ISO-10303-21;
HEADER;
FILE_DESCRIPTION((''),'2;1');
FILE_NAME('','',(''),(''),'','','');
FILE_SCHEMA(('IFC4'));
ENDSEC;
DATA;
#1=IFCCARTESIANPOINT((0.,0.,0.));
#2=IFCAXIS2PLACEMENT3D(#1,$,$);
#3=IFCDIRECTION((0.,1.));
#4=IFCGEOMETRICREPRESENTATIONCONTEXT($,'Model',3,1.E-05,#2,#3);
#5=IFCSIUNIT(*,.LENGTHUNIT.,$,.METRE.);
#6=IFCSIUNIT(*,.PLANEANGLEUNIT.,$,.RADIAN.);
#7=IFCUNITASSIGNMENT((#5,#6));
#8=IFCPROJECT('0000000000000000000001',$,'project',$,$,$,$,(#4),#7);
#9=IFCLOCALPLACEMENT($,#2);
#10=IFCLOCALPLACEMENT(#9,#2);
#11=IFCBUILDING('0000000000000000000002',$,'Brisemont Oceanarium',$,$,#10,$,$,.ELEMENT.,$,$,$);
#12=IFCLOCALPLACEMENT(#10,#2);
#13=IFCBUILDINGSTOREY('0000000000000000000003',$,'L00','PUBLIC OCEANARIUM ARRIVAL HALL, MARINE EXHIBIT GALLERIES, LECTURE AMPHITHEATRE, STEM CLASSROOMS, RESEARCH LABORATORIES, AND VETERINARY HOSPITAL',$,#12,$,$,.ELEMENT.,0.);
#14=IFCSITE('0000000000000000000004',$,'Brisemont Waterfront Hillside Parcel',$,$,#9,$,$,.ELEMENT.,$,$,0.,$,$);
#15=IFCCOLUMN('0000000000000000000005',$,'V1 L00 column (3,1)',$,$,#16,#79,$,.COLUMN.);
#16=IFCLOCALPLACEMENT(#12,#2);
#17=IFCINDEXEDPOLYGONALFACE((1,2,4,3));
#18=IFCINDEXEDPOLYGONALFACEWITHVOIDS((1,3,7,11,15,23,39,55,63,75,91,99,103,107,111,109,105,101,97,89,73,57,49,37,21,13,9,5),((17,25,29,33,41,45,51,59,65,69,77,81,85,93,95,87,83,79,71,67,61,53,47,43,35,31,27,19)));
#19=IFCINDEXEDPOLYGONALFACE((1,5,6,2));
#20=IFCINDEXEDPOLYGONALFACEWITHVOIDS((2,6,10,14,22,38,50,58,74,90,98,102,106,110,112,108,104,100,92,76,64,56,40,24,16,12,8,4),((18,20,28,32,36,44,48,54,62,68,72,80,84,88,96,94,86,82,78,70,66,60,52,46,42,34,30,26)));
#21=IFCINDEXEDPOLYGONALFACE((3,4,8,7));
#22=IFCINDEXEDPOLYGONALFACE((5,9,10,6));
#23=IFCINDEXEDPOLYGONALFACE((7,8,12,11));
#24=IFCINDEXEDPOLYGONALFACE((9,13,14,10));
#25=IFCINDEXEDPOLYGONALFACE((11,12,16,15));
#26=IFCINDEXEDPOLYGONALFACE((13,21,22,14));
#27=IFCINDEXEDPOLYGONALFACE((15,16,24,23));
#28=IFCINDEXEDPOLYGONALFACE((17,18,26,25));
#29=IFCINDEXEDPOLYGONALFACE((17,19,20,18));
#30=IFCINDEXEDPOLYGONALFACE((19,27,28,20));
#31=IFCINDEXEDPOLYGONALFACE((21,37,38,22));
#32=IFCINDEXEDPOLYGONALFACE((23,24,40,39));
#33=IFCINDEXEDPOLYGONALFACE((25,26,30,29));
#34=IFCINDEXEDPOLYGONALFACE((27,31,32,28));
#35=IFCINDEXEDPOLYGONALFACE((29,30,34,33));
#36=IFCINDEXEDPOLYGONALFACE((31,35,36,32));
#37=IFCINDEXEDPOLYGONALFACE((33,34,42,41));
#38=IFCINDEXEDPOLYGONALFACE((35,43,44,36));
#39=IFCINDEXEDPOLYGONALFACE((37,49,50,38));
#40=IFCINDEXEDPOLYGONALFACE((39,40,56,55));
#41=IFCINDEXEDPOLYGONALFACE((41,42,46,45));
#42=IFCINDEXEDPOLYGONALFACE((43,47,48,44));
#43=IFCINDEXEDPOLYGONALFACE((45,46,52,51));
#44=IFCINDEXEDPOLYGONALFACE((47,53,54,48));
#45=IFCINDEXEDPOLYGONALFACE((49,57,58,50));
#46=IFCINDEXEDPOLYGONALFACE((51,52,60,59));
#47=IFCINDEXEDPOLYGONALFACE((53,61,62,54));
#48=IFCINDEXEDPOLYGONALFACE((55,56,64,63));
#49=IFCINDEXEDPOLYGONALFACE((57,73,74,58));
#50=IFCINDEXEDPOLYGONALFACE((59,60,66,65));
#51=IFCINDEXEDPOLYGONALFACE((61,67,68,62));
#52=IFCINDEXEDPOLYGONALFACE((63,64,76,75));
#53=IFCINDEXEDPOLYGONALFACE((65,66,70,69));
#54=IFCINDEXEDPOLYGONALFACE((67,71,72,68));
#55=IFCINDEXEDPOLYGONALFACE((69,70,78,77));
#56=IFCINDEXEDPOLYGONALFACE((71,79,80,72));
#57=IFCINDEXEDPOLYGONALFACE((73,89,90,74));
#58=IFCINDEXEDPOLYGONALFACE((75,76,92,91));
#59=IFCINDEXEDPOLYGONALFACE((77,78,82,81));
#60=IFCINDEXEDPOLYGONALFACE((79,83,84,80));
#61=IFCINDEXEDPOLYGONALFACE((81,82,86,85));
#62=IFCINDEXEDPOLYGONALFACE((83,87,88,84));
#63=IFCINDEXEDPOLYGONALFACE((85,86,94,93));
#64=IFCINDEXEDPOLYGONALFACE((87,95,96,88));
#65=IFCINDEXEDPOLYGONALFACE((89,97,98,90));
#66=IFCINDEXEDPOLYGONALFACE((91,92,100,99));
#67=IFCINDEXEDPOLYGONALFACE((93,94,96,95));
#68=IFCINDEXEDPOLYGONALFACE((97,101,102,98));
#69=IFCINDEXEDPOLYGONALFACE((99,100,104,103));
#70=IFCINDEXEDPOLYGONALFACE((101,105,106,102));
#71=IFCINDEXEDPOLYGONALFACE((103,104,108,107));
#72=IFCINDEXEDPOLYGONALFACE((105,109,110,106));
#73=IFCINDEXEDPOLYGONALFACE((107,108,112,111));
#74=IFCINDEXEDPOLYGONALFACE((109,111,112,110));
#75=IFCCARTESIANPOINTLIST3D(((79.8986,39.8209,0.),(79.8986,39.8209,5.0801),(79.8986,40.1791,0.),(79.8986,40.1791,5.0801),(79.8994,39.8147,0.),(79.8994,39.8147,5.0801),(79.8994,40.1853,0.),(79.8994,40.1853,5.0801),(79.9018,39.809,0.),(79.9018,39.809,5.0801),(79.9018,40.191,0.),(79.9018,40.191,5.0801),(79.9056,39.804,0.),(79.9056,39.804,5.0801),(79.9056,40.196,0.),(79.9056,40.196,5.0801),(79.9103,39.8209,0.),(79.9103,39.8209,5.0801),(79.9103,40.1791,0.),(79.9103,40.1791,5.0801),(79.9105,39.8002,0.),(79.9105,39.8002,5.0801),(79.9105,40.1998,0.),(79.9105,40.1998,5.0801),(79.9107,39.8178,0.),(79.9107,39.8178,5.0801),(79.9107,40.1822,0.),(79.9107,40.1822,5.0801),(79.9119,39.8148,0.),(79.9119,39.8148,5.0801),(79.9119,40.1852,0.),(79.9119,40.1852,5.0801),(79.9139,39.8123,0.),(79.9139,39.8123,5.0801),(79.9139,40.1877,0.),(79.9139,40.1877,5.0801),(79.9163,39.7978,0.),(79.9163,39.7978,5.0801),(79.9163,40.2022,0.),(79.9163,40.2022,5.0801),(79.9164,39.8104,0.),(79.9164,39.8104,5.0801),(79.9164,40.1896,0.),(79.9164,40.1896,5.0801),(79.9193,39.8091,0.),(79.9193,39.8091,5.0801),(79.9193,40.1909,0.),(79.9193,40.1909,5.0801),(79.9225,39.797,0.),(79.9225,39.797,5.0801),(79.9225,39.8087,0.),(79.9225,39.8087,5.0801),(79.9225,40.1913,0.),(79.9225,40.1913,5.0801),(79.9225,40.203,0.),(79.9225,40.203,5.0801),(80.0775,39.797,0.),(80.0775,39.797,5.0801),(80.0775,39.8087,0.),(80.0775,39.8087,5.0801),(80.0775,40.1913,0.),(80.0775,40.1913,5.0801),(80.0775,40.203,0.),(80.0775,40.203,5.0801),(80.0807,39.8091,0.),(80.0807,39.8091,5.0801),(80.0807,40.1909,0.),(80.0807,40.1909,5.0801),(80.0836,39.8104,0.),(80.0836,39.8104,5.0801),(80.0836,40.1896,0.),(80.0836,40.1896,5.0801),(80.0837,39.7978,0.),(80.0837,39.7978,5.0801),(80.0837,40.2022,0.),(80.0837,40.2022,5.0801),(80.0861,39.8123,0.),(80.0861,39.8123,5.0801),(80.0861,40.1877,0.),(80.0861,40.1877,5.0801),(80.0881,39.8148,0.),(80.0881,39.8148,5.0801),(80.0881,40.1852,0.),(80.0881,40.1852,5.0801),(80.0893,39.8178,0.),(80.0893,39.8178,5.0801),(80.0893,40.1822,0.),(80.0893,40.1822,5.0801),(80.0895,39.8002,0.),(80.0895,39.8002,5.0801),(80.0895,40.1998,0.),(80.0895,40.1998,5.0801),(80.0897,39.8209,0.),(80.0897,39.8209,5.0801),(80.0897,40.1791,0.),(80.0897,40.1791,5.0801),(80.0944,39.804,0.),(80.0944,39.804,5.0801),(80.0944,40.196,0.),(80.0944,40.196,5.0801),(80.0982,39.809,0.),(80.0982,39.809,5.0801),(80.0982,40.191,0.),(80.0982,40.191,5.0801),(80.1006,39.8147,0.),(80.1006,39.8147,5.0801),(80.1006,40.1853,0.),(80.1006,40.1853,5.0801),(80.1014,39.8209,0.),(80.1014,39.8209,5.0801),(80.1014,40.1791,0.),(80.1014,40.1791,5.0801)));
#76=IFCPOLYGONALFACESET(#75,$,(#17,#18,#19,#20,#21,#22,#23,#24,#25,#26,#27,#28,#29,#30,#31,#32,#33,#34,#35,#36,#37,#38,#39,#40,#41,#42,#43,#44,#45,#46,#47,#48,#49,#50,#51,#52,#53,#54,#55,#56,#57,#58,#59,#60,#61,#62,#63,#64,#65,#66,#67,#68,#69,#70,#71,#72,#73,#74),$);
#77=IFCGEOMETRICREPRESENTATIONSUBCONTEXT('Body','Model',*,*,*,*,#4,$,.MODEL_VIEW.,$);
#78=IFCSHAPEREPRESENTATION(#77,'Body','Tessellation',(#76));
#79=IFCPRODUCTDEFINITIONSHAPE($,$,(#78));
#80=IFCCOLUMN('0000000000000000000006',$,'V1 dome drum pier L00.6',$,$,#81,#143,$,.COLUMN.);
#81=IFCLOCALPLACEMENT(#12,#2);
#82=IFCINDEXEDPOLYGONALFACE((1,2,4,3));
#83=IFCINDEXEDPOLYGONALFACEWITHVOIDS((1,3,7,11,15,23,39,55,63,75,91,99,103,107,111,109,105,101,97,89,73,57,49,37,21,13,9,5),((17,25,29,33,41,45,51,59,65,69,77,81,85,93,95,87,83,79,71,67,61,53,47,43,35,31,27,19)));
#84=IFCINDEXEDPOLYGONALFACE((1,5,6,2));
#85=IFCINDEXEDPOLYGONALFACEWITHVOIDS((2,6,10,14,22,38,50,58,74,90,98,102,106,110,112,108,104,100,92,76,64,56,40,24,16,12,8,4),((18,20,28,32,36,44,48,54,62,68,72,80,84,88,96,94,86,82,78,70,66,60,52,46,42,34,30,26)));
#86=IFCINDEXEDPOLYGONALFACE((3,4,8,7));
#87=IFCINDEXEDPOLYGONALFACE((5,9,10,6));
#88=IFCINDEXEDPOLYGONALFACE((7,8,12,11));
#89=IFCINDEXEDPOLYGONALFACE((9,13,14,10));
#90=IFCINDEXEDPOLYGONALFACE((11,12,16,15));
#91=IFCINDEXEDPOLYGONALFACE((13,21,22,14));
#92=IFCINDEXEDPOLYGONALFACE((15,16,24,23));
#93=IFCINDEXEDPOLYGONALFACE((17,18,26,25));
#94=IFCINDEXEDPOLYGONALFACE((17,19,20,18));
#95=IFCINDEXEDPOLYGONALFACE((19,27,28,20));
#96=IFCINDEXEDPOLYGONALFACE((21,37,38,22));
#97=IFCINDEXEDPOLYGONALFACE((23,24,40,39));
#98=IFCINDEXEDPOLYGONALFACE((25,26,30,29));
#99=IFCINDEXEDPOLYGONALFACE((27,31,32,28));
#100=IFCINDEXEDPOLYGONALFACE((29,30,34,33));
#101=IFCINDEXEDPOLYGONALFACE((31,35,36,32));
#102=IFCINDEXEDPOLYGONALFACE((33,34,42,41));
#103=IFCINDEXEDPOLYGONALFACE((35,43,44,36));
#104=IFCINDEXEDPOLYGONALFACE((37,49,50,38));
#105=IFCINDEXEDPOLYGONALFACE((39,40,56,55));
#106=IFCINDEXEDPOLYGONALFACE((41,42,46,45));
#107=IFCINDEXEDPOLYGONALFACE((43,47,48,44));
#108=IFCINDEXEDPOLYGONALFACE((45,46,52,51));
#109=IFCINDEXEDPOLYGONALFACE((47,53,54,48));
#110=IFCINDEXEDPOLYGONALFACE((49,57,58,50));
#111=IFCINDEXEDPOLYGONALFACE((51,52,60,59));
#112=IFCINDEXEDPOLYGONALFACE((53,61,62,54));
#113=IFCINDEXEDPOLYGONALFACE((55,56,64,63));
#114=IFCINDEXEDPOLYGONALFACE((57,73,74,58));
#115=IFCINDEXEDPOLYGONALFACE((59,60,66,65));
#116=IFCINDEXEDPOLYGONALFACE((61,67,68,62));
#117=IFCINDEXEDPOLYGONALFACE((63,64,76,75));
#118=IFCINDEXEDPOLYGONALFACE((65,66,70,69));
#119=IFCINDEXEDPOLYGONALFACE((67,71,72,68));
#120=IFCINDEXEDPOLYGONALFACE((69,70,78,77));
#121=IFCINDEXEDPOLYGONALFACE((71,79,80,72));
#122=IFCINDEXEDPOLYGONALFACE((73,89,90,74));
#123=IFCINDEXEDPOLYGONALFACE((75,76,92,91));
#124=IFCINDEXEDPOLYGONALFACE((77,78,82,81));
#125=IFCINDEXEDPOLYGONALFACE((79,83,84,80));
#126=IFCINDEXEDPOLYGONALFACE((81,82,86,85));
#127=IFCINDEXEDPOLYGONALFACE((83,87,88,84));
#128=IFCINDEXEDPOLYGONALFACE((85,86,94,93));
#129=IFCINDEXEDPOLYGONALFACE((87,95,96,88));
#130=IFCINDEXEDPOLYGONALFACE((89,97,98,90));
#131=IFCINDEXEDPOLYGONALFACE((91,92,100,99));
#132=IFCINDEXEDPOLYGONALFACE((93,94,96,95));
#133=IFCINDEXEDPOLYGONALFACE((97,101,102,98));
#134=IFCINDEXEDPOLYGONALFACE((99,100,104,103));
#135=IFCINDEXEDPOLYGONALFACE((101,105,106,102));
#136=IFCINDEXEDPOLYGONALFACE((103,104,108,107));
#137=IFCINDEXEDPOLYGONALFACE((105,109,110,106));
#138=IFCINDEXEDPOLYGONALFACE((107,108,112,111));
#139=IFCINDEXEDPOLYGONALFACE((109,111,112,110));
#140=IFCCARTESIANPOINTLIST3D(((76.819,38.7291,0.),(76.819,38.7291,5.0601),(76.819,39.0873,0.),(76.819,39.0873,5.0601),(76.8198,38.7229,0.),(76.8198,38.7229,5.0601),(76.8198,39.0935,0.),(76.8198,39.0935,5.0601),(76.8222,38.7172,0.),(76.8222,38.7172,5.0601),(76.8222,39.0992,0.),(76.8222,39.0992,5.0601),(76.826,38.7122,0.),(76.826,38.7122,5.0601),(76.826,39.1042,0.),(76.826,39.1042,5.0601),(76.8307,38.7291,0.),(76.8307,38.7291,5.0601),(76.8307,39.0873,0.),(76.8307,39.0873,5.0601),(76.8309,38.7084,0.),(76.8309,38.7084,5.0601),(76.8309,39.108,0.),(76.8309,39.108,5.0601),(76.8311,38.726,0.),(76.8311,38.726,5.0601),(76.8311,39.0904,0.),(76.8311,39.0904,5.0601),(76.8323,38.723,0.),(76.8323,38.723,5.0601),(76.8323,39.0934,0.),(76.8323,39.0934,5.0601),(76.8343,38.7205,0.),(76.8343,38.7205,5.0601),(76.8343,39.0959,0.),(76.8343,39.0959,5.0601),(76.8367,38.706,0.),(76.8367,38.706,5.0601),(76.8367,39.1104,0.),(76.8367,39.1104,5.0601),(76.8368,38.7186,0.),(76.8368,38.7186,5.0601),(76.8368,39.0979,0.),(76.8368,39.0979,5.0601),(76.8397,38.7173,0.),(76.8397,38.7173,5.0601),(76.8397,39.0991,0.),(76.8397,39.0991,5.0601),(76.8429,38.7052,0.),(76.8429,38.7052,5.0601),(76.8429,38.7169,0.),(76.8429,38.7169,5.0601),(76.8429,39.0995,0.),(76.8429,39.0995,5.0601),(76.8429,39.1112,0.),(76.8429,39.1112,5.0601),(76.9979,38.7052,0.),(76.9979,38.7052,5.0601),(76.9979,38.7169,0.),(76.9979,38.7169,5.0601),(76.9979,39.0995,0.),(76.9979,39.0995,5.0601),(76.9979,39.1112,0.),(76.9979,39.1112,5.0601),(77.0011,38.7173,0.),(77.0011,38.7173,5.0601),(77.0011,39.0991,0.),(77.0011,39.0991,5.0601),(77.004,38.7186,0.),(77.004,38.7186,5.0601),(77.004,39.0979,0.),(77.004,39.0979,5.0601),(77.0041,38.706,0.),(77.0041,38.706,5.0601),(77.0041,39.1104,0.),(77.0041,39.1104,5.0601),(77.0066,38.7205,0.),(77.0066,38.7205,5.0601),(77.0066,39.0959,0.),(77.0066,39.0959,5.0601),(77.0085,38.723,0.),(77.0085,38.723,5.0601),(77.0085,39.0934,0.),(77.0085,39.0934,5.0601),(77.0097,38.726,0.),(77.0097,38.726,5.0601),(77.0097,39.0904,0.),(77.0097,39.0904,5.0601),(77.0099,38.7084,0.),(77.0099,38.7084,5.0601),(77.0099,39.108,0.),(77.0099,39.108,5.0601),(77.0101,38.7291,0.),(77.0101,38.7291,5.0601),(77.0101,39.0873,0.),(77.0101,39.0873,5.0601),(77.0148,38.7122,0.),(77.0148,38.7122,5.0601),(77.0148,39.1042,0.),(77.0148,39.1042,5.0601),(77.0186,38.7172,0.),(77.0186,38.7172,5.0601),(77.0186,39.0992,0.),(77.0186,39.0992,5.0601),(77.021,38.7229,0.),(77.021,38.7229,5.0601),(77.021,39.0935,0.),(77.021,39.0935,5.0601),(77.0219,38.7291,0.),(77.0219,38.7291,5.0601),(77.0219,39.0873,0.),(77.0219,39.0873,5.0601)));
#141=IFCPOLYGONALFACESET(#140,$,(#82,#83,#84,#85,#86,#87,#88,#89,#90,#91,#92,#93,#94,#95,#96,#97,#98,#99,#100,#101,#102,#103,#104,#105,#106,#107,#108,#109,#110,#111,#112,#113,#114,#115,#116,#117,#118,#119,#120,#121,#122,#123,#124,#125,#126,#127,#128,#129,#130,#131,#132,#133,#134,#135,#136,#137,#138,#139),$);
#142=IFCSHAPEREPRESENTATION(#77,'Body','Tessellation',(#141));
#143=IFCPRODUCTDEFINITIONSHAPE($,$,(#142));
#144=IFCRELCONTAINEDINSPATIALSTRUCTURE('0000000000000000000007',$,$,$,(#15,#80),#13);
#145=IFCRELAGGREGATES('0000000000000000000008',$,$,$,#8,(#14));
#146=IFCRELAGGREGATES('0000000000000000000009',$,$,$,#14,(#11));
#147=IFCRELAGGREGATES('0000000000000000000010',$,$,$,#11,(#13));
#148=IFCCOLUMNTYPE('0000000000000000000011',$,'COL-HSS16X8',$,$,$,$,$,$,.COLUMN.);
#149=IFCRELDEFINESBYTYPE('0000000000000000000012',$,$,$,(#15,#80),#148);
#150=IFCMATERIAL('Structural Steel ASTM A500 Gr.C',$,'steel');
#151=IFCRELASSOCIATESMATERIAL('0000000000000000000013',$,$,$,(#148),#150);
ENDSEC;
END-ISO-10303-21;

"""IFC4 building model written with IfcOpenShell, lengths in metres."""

from ifc_helpers import new_model, si_unit, direction, frame, origin, origin_2d, place, context, subcontext, project, spatial, hollow_rectangle, extrude, material, material_profile, profile_set, type_object, element, save


model = new_model("IFC4")

# Units and contexts
model_context = context("Model", 3, precision=1e-05, world=origin(), true_north=direction((0.0, 1.0)))
body_context = subcontext(model_context, "Body", "Model", "MODEL_VIEW")
ifc_project = project(units=[si_unit("LENGTHUNIT", "METRE"), si_unit("PLANEANGLEUNIT", "RADIAN")], contexts=[model_context])

# Site, building, storey
site_placement = place(None, origin())
site = spatial("IfcSite", under=ifc_project, at=site_placement, Name="Brisemont Waterfront Hillside Parcel", CompositionType="ELEMENT", RefElevation=0.0)
building_placement = place(site_placement, origin())
building = spatial("IfcBuilding", under=site, at=building_placement, Name="Brisemont Oceanarium", CompositionType="ELEMENT")
storey_placement = place(building_placement, origin())
storey = spatial("IfcBuildingStorey", under=building, at=storey_placement, Name="L00", Description="PUBLIC OCEANARIUM ARRIVAL HALL, MARINE EXHIBIT GALLERIES, LECTURE AMPHITHEATRE, STEM CLASSROOMS, RESEARCH LABORATORIES, AND VETERINARY HOSPITAL", CompositionType="ELEMENT", Elevation=0.0)

# Columns
ifc_material_1 = material(Name="Structural Steel ASTM A500 Gr.C", Category="steel")
ifc_material_profile_1 = material_profile(ifc_material_1, hollow_rectangle(XDim=0.2029, YDim=0.406, WallThickness=0.0117, InnerFilletRadius=0.0122, OuterFilletRadius=0.0239, at=origin_2d()), Name="HSS16X8X1/2")
ifc_profile_set_1 = profile_set([ifc_material_profile_1], Name="Structural Steel ASTM A500 Gr.C")
column_type_1 = type_object("IfcColumnType", Name="COL-HSS16X8", PredefinedType="COLUMN", material=ifc_profile_set_1)
column_1_placement = place(storey_placement, frame((80.0, 40.0, 0.0), z_axis=(0.0, 0.0, 1.0), x_axis=(1.0, 0.0, 0.0)))
element("IfcColumn", 1, at=column_1_placement, inside=storey, type_object=column_type_1, Name="V1 L00 column (3,1)", PredefinedType="COLUMN", context=body_context, shape_type="SweptSolid", body=[
    extrude(hollow_rectangle(XDim=0.2029, YDim=0.406, WallThickness=0.0117, InnerFilletRadius=0.0122, OuterFilletRadius=0.0239, at=origin_2d()), origin(), (0.0, 0.0, 1.0), 5.0801),
])
column_2_placement = place(storey_placement, frame((76.9204, 38.9082, 0.0), z_axis=(0.0, 0.0, 1.0), x_axis=(1.0, 0.0, 0.0)))
element("IfcColumn", 2, at=column_2_placement, inside=storey, type_object=column_type_1, Name="V1 dome drum pier L00.6", PredefinedType="COLUMN", context=body_context, shape_type="SweptSolid", body=[
    extrude(hollow_rectangle(XDim=0.2029, YDim=0.406, WallThickness=0.0117, InnerFilletRadius=0.0122, OuterFilletRadius=0.0239, at=origin_2d()), origin(), (0.0, 0.0, 1.0), 5.0601),
])

save(model, "model.ifc")
